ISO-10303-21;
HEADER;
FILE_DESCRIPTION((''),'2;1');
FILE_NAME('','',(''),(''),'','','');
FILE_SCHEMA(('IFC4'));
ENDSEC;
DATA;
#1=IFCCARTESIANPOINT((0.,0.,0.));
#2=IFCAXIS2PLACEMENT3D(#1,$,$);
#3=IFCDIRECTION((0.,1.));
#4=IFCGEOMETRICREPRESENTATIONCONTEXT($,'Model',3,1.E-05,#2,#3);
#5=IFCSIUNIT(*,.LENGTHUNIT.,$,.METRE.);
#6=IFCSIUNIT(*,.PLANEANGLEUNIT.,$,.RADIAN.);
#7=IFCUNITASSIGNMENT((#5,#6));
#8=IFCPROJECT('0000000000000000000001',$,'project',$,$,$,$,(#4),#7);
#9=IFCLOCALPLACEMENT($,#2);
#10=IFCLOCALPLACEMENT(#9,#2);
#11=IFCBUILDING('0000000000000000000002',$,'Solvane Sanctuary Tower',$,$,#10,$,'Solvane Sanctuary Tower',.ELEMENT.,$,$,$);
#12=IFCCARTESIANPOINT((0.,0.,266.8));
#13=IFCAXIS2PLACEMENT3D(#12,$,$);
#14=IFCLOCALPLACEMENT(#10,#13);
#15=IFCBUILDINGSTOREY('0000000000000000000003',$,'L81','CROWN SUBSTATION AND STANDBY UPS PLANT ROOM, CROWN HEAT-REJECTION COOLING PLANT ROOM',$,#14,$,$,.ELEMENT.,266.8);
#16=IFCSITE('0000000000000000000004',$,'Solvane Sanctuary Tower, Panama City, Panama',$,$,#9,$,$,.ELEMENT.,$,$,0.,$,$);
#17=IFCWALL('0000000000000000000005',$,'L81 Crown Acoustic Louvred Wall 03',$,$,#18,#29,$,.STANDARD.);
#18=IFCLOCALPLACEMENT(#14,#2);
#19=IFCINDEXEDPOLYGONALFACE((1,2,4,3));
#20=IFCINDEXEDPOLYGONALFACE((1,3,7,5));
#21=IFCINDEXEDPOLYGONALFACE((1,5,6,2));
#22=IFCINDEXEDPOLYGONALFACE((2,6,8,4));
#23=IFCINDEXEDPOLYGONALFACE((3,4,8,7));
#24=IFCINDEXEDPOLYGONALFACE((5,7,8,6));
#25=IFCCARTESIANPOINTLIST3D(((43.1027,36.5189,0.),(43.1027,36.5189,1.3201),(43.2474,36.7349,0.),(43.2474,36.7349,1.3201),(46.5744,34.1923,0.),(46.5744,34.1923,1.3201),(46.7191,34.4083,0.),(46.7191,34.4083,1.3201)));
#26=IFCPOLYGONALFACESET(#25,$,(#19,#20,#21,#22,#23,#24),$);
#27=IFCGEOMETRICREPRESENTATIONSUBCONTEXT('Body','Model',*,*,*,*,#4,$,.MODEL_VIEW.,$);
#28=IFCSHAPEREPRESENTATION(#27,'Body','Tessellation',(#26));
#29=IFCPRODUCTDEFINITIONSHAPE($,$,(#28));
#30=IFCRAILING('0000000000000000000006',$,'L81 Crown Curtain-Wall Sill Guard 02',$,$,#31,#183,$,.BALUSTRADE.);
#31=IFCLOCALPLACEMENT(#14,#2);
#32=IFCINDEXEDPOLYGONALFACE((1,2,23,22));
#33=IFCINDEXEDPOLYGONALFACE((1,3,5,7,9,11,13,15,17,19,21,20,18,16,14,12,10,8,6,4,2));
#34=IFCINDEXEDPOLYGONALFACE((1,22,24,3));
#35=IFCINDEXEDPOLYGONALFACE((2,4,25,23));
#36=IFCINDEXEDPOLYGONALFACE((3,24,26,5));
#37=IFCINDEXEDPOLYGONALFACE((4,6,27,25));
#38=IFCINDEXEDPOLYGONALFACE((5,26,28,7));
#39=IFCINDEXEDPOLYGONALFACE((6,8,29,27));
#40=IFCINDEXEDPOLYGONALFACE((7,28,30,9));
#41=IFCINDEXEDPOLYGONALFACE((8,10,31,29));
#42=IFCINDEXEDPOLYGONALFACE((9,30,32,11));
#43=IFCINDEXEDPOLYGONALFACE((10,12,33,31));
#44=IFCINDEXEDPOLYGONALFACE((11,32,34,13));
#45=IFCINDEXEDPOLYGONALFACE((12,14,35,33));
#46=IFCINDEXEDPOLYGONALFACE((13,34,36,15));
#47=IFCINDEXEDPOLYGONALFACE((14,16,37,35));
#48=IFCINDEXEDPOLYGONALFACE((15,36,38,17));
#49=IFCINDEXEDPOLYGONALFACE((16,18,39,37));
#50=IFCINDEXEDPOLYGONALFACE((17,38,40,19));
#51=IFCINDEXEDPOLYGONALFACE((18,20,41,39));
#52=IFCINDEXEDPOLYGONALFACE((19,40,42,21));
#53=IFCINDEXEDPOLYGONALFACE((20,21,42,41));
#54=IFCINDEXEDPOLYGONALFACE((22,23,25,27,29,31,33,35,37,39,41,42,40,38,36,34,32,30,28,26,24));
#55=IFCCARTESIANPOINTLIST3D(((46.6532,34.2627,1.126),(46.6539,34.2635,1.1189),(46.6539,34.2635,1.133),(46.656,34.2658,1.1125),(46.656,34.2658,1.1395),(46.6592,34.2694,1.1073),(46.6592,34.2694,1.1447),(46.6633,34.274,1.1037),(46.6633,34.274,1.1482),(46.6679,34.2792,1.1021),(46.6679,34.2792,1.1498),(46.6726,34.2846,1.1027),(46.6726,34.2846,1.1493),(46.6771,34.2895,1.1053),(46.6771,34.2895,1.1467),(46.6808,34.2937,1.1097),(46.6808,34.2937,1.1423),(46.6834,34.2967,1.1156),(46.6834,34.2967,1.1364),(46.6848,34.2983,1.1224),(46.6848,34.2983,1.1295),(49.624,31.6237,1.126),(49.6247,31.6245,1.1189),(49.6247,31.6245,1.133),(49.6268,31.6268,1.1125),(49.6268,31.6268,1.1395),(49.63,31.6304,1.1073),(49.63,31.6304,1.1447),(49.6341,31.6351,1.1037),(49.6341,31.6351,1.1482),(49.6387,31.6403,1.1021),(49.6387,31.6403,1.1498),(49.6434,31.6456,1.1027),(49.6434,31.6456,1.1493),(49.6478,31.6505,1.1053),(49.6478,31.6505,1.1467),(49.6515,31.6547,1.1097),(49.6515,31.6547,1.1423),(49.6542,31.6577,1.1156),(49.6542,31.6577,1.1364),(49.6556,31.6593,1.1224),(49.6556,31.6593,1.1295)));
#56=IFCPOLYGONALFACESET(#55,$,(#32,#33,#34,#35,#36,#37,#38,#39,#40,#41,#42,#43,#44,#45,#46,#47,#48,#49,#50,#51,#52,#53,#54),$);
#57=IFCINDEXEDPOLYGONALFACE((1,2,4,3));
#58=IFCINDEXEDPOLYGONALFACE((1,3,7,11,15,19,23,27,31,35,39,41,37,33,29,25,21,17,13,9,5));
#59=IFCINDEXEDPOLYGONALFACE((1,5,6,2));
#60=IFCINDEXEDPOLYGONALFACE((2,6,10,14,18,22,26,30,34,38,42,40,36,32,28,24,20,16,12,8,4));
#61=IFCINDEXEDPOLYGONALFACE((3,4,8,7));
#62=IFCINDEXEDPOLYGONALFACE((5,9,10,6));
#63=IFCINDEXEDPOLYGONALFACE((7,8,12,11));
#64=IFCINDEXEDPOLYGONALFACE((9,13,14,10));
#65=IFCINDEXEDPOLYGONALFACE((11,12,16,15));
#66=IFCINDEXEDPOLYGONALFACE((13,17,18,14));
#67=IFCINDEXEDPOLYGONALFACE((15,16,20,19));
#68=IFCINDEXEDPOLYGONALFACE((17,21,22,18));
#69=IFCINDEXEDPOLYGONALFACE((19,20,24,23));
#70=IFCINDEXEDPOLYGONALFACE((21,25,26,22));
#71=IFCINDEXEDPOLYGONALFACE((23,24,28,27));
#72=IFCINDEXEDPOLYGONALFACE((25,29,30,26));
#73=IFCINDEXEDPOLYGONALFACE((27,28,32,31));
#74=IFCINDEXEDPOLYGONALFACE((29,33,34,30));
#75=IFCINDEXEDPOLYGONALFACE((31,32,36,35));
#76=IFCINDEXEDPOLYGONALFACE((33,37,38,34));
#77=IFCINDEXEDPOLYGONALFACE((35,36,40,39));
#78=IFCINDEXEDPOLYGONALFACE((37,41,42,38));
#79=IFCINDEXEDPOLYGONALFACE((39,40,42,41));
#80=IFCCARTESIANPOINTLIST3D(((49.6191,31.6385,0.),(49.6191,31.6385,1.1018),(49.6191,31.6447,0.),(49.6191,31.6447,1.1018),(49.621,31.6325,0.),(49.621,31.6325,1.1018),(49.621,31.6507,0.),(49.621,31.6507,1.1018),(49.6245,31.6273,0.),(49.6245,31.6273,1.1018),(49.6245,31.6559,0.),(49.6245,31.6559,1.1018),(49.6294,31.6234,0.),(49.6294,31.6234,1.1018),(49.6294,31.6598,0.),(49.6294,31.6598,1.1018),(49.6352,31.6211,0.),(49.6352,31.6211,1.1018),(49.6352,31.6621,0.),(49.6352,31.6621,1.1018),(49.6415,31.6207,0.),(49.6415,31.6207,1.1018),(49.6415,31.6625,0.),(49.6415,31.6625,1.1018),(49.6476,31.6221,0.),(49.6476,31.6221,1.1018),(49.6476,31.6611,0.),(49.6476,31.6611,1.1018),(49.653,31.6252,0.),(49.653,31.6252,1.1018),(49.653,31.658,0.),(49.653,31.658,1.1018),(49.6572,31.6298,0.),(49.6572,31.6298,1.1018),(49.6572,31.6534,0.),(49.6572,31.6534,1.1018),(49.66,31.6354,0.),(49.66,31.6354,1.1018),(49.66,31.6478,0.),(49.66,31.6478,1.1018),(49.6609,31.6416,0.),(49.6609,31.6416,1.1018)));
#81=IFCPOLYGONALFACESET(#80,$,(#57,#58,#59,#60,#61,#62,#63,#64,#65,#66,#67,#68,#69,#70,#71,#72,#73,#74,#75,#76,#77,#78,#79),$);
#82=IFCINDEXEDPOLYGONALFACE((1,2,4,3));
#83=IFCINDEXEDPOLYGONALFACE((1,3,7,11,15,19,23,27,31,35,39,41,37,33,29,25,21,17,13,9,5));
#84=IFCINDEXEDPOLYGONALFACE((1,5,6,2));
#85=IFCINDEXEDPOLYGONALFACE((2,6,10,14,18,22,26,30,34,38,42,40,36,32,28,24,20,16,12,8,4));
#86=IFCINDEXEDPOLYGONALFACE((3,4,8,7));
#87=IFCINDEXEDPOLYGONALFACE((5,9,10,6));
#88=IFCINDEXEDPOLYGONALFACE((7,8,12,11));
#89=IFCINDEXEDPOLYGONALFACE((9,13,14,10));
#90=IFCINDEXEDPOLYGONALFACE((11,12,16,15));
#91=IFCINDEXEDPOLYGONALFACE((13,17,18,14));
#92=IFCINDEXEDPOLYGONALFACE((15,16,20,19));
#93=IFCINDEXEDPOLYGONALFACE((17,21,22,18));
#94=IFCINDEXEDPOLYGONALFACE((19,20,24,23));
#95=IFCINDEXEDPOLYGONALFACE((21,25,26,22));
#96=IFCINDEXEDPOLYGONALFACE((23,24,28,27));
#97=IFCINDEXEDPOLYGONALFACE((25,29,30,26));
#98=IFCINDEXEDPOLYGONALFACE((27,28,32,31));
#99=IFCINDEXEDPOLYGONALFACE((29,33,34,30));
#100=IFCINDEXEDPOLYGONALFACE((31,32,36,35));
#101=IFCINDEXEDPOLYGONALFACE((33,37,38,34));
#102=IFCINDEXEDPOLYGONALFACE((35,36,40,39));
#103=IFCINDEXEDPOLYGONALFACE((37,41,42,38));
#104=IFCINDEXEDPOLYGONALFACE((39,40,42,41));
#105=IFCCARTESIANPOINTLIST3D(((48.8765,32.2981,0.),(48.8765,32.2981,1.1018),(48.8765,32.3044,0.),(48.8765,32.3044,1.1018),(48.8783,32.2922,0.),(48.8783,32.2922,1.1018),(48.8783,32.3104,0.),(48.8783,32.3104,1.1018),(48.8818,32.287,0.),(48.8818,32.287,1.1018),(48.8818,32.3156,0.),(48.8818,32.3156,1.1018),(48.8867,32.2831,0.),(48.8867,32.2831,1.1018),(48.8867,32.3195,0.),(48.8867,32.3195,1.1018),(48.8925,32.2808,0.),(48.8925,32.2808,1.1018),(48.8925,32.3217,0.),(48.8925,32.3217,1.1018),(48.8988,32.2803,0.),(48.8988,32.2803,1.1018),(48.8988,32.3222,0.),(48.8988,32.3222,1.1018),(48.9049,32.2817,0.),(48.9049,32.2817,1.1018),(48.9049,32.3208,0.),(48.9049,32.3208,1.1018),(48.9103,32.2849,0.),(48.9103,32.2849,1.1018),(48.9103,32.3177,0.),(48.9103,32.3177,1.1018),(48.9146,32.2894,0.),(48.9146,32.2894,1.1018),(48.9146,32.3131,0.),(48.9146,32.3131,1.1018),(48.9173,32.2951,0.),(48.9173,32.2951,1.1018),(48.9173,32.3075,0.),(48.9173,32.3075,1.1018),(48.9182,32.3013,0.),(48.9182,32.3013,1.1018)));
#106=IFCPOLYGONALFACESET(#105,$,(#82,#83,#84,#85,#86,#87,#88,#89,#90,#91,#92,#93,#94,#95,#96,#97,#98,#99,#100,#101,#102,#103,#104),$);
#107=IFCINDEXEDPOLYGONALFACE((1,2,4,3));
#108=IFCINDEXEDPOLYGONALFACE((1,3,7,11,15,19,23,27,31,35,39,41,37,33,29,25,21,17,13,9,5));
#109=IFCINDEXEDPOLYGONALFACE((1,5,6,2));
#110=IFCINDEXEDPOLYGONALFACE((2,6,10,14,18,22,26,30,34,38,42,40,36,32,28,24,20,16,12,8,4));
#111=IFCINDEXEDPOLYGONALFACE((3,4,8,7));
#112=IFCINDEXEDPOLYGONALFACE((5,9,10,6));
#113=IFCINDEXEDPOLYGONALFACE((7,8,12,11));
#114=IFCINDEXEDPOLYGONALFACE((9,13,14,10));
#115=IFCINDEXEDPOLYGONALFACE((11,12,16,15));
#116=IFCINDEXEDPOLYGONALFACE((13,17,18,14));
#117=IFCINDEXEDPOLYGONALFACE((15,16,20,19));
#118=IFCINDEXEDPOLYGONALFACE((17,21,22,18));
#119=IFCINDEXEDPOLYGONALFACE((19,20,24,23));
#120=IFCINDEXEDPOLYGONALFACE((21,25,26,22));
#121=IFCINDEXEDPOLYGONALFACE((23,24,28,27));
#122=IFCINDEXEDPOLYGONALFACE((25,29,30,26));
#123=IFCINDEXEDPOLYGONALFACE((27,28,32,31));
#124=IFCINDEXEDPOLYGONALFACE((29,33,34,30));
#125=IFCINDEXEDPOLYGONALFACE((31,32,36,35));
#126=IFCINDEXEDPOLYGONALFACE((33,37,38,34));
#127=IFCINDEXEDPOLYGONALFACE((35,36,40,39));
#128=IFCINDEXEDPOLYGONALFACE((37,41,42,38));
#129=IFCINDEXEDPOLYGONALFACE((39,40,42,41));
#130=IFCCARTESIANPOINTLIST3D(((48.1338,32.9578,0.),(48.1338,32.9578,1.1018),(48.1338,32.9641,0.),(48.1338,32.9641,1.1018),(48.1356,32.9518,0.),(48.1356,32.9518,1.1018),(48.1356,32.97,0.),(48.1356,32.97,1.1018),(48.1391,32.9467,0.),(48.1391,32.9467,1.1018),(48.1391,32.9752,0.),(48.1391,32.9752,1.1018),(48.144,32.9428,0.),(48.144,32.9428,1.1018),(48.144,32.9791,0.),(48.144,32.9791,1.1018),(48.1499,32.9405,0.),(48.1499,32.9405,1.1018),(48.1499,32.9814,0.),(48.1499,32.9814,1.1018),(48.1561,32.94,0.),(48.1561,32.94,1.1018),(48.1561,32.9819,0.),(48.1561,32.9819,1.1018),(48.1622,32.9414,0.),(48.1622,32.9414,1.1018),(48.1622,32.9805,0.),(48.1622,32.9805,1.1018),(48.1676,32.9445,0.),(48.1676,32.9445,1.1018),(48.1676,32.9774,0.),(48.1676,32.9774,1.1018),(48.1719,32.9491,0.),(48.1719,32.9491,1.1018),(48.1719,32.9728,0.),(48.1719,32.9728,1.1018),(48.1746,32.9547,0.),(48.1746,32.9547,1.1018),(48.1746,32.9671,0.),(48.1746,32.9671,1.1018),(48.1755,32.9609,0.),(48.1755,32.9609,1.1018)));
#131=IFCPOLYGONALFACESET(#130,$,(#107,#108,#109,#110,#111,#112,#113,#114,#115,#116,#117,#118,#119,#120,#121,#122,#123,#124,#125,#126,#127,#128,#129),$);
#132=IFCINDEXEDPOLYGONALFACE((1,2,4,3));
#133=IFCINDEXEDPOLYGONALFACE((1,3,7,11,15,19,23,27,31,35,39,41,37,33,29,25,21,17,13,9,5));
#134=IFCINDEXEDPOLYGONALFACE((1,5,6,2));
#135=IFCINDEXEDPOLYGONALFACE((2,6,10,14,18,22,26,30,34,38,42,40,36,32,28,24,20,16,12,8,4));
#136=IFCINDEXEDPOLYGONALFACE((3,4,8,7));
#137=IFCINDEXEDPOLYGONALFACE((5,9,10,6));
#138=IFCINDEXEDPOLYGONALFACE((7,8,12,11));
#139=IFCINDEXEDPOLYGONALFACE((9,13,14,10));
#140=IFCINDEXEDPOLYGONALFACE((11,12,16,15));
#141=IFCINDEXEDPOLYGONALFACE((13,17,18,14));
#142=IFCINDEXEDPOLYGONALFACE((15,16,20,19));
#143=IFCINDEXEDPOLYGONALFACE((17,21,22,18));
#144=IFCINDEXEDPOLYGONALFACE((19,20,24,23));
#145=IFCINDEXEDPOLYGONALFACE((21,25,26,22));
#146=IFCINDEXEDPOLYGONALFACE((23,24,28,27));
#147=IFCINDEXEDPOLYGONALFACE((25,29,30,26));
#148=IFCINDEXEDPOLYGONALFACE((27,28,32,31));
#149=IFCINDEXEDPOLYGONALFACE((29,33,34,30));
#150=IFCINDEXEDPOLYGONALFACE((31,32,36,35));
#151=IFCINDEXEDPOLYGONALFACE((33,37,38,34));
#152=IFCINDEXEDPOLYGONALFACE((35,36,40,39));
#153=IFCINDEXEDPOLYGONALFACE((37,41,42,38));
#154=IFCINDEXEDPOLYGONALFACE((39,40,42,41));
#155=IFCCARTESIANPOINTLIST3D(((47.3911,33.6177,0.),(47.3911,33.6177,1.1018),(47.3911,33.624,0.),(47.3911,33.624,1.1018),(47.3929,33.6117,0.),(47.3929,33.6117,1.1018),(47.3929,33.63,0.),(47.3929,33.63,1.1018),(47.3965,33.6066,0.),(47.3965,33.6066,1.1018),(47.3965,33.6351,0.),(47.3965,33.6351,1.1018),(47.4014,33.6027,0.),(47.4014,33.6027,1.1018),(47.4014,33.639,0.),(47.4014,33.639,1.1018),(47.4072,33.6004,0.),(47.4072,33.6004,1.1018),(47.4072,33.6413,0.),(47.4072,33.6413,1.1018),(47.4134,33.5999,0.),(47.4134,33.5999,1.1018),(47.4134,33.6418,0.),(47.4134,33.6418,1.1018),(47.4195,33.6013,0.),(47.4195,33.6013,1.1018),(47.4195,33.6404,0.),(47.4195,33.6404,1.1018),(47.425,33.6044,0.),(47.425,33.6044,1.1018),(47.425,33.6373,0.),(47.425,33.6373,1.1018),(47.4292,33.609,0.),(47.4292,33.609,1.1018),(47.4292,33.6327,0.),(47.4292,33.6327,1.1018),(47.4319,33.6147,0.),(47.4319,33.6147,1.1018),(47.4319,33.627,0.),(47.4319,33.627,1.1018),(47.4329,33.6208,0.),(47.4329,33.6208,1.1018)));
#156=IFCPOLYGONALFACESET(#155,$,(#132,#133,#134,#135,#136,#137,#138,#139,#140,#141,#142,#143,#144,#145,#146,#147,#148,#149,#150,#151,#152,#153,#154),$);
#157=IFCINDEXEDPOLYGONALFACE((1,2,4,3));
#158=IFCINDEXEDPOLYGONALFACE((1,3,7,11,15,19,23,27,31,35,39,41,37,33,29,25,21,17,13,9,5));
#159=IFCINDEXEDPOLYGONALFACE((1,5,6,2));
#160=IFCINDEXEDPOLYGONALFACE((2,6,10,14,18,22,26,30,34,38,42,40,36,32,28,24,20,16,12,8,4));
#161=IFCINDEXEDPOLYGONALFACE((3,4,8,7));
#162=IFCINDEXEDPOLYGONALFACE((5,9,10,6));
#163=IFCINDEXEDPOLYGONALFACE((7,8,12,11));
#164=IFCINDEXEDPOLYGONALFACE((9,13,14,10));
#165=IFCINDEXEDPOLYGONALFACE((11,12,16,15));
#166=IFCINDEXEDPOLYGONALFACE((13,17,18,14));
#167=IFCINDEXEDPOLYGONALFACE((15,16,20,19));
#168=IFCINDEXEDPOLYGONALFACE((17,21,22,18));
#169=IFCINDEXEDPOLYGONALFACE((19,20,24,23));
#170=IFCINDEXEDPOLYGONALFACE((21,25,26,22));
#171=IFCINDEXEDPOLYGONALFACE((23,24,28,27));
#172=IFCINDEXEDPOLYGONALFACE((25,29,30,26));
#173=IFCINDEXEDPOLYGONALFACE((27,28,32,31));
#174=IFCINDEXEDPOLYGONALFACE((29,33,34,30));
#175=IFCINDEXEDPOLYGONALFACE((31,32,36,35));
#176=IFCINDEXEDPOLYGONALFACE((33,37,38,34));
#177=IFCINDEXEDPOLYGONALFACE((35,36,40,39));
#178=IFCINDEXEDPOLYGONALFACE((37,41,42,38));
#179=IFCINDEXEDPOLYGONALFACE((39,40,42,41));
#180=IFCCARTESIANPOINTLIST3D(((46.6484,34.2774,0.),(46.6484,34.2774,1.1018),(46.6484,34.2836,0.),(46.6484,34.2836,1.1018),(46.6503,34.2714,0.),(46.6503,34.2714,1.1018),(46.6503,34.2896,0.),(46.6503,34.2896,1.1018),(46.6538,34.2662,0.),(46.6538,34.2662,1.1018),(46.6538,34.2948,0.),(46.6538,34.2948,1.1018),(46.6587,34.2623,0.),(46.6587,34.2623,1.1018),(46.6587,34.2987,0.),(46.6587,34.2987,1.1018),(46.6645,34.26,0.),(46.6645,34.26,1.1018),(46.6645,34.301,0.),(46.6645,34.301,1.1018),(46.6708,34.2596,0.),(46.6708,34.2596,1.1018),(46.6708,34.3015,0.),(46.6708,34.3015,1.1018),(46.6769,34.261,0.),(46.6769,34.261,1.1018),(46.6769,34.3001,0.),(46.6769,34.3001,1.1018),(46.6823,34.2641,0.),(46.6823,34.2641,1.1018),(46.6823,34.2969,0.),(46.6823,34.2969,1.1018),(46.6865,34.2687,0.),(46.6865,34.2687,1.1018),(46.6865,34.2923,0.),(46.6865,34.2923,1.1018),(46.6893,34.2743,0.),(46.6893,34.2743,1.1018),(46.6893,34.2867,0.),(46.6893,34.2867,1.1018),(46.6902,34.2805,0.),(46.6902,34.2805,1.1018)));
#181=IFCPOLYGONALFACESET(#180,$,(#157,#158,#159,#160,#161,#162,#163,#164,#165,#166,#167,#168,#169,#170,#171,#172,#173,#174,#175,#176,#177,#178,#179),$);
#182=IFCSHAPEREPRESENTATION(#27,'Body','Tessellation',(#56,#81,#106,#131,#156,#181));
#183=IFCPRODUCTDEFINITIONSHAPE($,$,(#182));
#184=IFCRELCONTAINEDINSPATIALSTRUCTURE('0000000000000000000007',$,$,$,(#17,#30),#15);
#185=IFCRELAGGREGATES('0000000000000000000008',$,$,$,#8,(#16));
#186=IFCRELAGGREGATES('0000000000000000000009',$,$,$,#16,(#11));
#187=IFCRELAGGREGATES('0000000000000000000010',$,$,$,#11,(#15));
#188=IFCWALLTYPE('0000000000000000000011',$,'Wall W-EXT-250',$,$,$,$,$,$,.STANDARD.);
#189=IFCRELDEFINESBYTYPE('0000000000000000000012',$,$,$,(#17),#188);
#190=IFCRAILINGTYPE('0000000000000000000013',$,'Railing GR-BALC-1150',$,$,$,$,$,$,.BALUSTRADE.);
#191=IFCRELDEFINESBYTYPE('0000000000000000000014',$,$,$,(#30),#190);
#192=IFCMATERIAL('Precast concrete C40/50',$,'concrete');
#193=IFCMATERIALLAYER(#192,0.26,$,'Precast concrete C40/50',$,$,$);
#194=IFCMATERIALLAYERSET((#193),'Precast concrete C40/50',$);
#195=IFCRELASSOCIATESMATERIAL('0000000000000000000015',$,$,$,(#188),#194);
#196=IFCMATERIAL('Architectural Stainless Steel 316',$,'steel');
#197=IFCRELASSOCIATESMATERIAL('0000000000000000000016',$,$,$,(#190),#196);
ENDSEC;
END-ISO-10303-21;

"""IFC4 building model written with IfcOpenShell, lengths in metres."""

from ifc_helpers import new_model, si_unit, direction, frame, frame_2d, origin, origin_2d, place, context, subcontext, project, spatial, rectangle, circle, extrude, material, layer, layer_set, type_object, element, save


model = new_model("IFC4")

# Units and contexts
model_context = context("Model", 3, precision=1e-05, world=origin(), true_north=direction((0.0, 1.0)))
body_context = subcontext(model_context, "Body", "Model", "MODEL_VIEW")
ifc_project = project(units=[si_unit("LENGTHUNIT", "METRE"), si_unit("PLANEANGLEUNIT", "RADIAN")], contexts=[model_context])

# Site, building, storey
site_placement = place(None, origin())
site = spatial("IfcSite", under=ifc_project, at=site_placement, Name="Solvane Sanctuary Tower, Panama City, Panama", CompositionType="ELEMENT", RefElevation=0.0)
building_placement = place(site_placement, origin())
building = spatial("IfcBuilding", under=site, at=building_placement, Name="Solvane Sanctuary Tower", LongName="Solvane Sanctuary Tower", CompositionType="ELEMENT")
storey_placement = place(building_placement, frame((0.0, 0.0, 266.8)))
storey = spatial("IfcBuildingStorey", under=building, at=storey_placement, Name="L81", Description="CROWN SUBSTATION AND STANDBY UPS PLANT ROOM, CROWN HEAT-REJECTION COOLING PLANT ROOM", CompositionType="ELEMENT", Elevation=266.8)

# Wall
ifc_material_1 = material(Name="Precast concrete C40/50", Category="concrete")
ifc_layer_1 = layer(ifc_material_1, 0.26, Name="Precast concrete C40/50")
ifc_layer_set_1 = layer_set([ifc_layer_1], Name="Precast concrete C40/50")
wall_type = type_object("IfcWallType", Name="Wall W-EXT-250", PredefinedType="STANDARD", material=ifc_layer_set_1)
wall_placement = place(storey_placement, frame((46.6467, 34.3003, 0.0), z_axis=(0.0, 0.0, 1.0), x_axis=(-0.8307, 0.556721, 0.0)))
element("IfcWall", 1, at=wall_placement, inside=storey, type_object=wall_type, Name="L81 Crown Acoustic Louvred Wall 03", PredefinedType="STANDARD", context=body_context, shape_type="SweptSolid", body=[
    extrude(rectangle(XDim=4.1792, YDim=0.26, at=frame_2d((2.0896, 0.0))), origin(), (0.0, 0.0, 1.0), 1.3201),
])

# Railing
ifc_material_2 = material(Name="Architectural Stainless Steel 316", Category="steel")
railing_type = type_object("IfcRailingType", Name="Railing GR-BALC-1150", PredefinedType="BALUSTRADE", material=ifc_material_2)
railing_1_placement = place(storey_placement, frame((49.6399, 31.6416, 0.0)))
element("IfcRailing", 2, at=railing_1_placement, inside=storey, type_object=railing_type, Name="L81 Crown Curtain-Wall Sill Guard 02", PredefinedType="BALUSTRADE", context=body_context, shape_type="SweptSolid", body=[
    extrude(circle(Radius=0.0239, at=origin_2d()), frame((0.0, 0.0, 1.126), z_axis=(-0.747623, 0.664124, 0.0), x_axis=(-0.664124, -0.747623, 0.0)), (0.0, 0.0, 1.0), 3.9736),
    extrude(circle(Radius=0.021, at=origin_2d()), origin(), (0.0, 0.0, 1.0), 1.1018),
    extrude(circle(Radius=0.021, at=origin_2d()), frame((-0.7427, 0.6597, 0.0)), (0.0, 0.0, 1.0), 1.1018),
    extrude(circle(Radius=0.021, at=origin_2d()), frame((-1.4854, 1.3193, 0.0)), (0.0, 0.0, 1.0), 1.1018),
    extrude(circle(Radius=0.021, at=origin_2d()), frame((-2.228, 1.9792, 0.0)), (0.0, 0.0, 1.0), 1.1018),
    extrude(circle(Radius=0.021, at=origin_2d()), frame((-2.9707, 2.6389, 0.0)), (0.0, 0.0, 1.0), 1.1018),
])

save(model, "model.ifc")
